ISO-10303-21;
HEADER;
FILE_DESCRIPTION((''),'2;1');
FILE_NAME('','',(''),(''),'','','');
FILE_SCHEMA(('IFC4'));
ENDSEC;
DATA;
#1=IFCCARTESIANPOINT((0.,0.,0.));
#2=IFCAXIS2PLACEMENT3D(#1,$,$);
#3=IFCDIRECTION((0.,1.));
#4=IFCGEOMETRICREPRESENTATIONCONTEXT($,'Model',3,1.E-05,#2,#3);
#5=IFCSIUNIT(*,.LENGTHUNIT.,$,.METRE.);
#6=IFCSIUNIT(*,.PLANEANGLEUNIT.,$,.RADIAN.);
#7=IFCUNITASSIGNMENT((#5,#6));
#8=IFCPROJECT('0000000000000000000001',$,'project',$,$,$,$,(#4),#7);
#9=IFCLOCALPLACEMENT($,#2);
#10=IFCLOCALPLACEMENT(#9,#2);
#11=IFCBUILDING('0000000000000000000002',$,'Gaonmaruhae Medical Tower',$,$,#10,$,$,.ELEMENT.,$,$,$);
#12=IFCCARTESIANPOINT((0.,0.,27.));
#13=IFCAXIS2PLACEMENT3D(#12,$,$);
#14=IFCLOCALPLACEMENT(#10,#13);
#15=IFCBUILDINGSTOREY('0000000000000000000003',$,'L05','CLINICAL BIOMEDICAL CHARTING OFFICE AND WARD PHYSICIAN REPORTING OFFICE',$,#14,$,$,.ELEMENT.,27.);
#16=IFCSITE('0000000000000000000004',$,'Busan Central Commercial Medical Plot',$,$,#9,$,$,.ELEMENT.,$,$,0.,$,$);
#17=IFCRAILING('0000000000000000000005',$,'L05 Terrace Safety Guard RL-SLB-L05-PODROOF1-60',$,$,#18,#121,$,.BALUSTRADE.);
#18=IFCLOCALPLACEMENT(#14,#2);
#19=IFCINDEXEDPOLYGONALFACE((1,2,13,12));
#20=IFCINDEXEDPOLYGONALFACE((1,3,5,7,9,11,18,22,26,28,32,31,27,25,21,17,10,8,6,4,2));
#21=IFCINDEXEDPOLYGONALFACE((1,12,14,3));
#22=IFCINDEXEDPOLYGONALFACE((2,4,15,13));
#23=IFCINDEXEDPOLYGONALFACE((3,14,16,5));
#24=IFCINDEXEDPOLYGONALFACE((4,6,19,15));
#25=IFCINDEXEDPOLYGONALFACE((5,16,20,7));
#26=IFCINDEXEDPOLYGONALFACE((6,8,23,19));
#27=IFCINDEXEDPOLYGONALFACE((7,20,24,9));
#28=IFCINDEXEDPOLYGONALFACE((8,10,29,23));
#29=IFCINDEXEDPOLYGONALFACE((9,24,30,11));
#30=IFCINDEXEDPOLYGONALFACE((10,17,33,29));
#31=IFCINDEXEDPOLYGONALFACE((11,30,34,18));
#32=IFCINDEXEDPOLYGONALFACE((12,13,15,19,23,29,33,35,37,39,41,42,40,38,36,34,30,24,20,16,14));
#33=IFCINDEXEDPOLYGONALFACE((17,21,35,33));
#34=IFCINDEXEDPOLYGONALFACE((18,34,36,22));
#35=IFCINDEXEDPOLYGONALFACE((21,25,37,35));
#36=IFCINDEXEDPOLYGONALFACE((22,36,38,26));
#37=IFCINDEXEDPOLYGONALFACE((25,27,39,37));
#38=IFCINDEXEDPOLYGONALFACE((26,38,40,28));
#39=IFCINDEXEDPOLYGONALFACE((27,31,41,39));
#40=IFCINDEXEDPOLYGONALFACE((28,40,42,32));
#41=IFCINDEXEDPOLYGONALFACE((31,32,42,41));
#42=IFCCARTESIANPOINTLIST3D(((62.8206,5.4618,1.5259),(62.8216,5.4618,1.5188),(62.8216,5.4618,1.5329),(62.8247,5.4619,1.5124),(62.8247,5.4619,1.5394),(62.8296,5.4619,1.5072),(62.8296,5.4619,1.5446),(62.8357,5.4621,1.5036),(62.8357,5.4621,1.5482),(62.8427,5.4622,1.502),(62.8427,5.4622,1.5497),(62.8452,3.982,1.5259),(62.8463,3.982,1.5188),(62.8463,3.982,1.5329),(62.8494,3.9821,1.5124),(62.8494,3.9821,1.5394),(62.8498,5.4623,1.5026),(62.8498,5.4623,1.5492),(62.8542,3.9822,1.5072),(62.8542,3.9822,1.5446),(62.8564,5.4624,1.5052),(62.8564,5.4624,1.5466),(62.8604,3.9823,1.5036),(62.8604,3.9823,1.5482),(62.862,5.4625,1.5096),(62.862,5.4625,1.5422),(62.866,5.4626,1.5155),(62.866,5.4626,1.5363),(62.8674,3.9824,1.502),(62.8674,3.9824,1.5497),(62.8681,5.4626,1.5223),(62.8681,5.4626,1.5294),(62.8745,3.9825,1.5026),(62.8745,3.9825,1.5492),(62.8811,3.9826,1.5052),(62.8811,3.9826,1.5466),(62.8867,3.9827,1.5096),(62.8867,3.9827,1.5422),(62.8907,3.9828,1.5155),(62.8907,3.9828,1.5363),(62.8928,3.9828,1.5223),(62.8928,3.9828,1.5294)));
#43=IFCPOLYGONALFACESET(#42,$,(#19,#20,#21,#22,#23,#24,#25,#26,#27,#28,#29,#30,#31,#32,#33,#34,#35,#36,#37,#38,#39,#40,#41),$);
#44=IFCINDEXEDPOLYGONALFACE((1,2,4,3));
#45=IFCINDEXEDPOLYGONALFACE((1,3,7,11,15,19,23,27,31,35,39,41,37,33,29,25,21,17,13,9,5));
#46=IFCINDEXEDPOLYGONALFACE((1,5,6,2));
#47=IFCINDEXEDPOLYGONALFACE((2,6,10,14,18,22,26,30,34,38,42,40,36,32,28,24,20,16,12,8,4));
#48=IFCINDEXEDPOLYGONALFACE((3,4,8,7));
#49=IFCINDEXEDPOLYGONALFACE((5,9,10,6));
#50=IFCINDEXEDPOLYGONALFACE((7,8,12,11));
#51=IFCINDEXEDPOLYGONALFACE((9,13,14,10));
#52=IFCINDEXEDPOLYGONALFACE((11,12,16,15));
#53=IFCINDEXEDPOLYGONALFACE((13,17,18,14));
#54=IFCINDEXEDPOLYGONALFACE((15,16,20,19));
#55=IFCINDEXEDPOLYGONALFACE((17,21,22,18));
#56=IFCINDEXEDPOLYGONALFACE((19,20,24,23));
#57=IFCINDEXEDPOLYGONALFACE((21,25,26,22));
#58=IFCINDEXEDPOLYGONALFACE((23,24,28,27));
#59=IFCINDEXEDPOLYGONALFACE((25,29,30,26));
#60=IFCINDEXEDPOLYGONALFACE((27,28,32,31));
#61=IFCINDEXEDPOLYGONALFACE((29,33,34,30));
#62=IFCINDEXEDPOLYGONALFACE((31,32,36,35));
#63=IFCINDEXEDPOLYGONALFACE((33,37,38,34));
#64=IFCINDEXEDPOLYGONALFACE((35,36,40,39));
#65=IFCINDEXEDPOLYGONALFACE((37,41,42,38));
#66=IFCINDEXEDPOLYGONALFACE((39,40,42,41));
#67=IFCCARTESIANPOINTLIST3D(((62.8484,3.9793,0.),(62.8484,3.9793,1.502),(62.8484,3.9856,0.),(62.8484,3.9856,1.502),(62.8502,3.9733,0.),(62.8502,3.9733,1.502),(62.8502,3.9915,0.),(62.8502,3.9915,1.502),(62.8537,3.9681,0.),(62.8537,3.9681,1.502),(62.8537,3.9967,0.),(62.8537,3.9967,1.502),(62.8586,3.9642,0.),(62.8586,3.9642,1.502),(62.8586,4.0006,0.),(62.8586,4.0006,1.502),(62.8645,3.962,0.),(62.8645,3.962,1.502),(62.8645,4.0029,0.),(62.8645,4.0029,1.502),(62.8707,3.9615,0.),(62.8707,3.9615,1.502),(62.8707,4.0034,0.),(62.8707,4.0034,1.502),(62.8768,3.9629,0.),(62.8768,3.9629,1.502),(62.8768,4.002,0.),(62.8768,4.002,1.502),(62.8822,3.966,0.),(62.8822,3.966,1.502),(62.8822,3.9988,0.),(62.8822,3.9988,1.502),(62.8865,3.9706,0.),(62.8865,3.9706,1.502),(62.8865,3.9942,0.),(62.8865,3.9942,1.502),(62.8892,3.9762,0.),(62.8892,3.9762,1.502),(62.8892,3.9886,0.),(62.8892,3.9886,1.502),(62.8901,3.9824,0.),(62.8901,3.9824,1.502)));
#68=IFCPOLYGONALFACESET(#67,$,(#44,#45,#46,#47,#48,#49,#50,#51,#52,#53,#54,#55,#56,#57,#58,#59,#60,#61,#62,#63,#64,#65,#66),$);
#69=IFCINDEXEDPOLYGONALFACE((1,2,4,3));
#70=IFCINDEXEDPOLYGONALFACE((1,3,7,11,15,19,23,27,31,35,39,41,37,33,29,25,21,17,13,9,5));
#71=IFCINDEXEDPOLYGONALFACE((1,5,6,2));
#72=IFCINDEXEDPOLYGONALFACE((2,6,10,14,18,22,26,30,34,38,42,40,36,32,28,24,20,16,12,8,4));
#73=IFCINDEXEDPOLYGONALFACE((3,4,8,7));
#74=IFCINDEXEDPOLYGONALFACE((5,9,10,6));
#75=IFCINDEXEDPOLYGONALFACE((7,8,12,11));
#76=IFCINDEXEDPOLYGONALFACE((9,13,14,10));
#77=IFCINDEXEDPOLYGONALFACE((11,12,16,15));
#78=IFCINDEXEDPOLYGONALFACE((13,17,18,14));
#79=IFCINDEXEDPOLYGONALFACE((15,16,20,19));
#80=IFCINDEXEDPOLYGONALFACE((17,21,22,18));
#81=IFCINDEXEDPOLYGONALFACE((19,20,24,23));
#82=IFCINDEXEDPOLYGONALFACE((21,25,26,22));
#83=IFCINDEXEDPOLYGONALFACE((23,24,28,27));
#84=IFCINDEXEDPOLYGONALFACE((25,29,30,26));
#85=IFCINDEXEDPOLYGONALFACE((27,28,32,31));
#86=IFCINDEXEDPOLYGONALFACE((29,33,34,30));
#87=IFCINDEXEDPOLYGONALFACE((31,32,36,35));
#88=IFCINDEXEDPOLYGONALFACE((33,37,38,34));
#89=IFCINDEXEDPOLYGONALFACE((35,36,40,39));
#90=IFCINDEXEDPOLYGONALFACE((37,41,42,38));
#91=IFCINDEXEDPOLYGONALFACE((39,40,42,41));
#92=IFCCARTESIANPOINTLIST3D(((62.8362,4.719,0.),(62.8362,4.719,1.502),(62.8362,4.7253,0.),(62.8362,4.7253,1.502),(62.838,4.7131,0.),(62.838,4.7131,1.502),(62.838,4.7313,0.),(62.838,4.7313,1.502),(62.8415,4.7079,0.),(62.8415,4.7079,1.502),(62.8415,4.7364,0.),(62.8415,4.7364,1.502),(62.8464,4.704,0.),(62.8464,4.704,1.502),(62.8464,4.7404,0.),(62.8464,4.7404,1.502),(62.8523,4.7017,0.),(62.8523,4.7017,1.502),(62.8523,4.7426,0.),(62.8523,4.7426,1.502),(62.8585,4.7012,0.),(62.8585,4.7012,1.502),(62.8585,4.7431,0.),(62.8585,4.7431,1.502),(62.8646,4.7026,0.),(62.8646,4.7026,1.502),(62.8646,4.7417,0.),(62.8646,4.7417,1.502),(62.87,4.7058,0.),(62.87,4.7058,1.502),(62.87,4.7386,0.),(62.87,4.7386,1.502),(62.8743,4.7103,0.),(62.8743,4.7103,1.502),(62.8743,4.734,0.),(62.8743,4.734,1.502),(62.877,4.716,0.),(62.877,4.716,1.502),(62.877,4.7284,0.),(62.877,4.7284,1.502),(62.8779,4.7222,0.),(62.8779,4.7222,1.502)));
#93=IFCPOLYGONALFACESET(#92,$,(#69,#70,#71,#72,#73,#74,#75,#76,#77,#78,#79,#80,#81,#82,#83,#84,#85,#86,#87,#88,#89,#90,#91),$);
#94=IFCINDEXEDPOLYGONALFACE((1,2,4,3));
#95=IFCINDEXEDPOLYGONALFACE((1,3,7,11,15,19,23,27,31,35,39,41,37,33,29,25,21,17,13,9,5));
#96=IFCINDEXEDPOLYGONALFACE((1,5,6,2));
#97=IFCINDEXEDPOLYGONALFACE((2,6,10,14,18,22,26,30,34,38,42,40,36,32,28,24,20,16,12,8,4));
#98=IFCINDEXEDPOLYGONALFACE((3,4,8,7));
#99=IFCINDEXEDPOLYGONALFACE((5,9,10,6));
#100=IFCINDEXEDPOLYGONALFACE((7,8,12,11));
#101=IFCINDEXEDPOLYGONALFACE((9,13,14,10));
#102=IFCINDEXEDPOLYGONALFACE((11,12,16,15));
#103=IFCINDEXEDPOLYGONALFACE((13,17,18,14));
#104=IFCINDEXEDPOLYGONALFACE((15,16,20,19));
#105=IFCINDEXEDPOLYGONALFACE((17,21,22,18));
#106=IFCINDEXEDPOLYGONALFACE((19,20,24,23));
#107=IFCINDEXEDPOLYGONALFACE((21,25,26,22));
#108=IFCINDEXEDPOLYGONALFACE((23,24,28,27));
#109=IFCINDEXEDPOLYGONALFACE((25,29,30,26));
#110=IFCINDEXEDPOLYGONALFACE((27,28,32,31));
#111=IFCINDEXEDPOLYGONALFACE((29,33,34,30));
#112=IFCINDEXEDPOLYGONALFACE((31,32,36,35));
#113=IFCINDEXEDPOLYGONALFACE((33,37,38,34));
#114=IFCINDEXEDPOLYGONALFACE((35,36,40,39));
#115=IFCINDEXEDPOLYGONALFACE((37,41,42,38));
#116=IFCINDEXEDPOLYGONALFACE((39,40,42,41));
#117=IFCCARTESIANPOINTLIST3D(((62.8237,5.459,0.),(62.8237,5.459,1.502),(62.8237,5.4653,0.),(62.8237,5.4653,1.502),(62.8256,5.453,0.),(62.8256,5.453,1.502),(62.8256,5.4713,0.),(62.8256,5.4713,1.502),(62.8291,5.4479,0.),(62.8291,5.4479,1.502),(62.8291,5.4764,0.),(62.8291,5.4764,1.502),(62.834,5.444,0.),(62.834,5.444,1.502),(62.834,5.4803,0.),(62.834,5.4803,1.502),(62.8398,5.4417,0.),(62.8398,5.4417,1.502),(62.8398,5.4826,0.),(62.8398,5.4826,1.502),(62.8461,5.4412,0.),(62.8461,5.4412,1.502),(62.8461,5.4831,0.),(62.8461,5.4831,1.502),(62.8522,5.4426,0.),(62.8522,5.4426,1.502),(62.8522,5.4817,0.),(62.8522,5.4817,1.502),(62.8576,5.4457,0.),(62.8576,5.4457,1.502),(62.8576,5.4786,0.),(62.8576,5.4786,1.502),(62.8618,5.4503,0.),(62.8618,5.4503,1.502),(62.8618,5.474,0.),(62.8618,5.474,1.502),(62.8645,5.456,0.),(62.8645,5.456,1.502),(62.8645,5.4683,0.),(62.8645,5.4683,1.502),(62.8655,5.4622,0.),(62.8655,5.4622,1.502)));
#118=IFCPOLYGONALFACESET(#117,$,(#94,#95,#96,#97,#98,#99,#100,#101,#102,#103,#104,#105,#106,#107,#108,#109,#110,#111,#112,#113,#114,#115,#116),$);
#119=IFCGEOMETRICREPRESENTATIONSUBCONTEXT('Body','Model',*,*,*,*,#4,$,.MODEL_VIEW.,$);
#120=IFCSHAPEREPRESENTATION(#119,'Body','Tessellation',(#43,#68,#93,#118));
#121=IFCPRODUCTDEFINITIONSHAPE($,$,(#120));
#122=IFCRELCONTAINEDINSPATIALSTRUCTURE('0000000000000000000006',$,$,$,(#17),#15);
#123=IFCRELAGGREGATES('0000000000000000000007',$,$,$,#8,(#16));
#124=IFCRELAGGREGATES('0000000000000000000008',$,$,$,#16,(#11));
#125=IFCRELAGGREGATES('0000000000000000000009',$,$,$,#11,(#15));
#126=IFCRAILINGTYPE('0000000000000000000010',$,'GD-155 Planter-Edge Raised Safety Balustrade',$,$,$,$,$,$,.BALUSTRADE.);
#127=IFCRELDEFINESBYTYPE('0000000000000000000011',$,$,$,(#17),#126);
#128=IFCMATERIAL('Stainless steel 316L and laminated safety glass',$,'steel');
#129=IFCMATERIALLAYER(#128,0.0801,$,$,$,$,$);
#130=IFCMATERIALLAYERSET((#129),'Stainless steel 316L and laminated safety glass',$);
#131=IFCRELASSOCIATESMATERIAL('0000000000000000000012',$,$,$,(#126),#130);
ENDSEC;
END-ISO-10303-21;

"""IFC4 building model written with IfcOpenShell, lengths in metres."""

from ifc_helpers import new_model, si_unit, direction, frame, origin, origin_2d, place, context, subcontext, project, spatial, circle, extrude, material, layer, layer_set, type_object, element, save


model = new_model("IFC4")

# Units and contexts
model_context = context("Model", 3, precision=1e-05, world=origin(), true_north=direction((0.0, 1.0)))
body_context = subcontext(model_context, "Body", "Model", "MODEL_VIEW")
ifc_project = project(units=[si_unit("LENGTHUNIT", "METRE"), si_unit("PLANEANGLEUNIT", "RADIAN")], contexts=[model_context])

# Site, building, storey
site_placement = place(None, origin())
site = spatial("IfcSite", under=ifc_project, at=site_placement, Name="Busan Central Commercial Medical Plot", CompositionType="ELEMENT", RefElevation=0.0)
building_placement = place(site_placement, origin())
building = spatial("IfcBuilding", under=site, at=building_placement, Name="Gaonmaruhae Medical Tower", CompositionType="ELEMENT")
storey_placement = place(building_placement, frame((0.0, 0.0, 27.0)))
storey = spatial("IfcBuildingStorey", under=building, at=storey_placement, Name="L05", Description="CLINICAL BIOMEDICAL CHARTING OFFICE AND WARD PHYSICIAN REPORTING OFFICE", CompositionType="ELEMENT", Elevation=27.0)

# Railing
ifc_material_1 = material(Name="Stainless steel 316L and laminated safety glass", Category="steel")
ifc_layer_1 = layer(ifc_material_1, 0.0801)
ifc_layer_set_1 = layer_set([ifc_layer_1], Name="Stainless steel 316L and laminated safety glass")
railing_type = type_object("IfcRailingType", Name="GD-155 Planter-Edge Raised Safety Balustrade", PredefinedType="BALUSTRADE", material=ifc_layer_set_1)
railing_1_placement = place(storey_placement, frame((62.8691, 3.9824, 0.0)))
element("IfcRailing", 1, at=railing_1_placement, inside=storey, type_object=railing_type, Name="L05 Terrace Safety Guard RL-SLB-L05-PODROOF1-60", PredefinedType="BALUSTRADE", context=body_context, shape_type="SweptSolid", body=[
    extrude(circle(Radius=0.0239, at=origin_2d()), frame((0.0, 0.0, 1.5259), z_axis=(-0.016662, 0.999861, 0.0), x_axis=(-0.999861, -0.016662, 0.0)), (0.0, 0.0, 1.0), 1.48),
    extrude(circle(Radius=0.021, at=origin_2d()), origin(), (0.0, 0.0, 1.0), 1.502),
    extrude(circle(Radius=0.021, at=origin_2d()), frame((-0.0122, 0.7397, 0.0)), (0.0, 0.0, 1.0), 1.502),
    extrude(circle(Radius=0.021, at=origin_2d()), frame((-0.0247, 1.4797, 0.0)), (0.0, 0.0, 1.0), 1.502),
])

save(model, "model.ifc")
